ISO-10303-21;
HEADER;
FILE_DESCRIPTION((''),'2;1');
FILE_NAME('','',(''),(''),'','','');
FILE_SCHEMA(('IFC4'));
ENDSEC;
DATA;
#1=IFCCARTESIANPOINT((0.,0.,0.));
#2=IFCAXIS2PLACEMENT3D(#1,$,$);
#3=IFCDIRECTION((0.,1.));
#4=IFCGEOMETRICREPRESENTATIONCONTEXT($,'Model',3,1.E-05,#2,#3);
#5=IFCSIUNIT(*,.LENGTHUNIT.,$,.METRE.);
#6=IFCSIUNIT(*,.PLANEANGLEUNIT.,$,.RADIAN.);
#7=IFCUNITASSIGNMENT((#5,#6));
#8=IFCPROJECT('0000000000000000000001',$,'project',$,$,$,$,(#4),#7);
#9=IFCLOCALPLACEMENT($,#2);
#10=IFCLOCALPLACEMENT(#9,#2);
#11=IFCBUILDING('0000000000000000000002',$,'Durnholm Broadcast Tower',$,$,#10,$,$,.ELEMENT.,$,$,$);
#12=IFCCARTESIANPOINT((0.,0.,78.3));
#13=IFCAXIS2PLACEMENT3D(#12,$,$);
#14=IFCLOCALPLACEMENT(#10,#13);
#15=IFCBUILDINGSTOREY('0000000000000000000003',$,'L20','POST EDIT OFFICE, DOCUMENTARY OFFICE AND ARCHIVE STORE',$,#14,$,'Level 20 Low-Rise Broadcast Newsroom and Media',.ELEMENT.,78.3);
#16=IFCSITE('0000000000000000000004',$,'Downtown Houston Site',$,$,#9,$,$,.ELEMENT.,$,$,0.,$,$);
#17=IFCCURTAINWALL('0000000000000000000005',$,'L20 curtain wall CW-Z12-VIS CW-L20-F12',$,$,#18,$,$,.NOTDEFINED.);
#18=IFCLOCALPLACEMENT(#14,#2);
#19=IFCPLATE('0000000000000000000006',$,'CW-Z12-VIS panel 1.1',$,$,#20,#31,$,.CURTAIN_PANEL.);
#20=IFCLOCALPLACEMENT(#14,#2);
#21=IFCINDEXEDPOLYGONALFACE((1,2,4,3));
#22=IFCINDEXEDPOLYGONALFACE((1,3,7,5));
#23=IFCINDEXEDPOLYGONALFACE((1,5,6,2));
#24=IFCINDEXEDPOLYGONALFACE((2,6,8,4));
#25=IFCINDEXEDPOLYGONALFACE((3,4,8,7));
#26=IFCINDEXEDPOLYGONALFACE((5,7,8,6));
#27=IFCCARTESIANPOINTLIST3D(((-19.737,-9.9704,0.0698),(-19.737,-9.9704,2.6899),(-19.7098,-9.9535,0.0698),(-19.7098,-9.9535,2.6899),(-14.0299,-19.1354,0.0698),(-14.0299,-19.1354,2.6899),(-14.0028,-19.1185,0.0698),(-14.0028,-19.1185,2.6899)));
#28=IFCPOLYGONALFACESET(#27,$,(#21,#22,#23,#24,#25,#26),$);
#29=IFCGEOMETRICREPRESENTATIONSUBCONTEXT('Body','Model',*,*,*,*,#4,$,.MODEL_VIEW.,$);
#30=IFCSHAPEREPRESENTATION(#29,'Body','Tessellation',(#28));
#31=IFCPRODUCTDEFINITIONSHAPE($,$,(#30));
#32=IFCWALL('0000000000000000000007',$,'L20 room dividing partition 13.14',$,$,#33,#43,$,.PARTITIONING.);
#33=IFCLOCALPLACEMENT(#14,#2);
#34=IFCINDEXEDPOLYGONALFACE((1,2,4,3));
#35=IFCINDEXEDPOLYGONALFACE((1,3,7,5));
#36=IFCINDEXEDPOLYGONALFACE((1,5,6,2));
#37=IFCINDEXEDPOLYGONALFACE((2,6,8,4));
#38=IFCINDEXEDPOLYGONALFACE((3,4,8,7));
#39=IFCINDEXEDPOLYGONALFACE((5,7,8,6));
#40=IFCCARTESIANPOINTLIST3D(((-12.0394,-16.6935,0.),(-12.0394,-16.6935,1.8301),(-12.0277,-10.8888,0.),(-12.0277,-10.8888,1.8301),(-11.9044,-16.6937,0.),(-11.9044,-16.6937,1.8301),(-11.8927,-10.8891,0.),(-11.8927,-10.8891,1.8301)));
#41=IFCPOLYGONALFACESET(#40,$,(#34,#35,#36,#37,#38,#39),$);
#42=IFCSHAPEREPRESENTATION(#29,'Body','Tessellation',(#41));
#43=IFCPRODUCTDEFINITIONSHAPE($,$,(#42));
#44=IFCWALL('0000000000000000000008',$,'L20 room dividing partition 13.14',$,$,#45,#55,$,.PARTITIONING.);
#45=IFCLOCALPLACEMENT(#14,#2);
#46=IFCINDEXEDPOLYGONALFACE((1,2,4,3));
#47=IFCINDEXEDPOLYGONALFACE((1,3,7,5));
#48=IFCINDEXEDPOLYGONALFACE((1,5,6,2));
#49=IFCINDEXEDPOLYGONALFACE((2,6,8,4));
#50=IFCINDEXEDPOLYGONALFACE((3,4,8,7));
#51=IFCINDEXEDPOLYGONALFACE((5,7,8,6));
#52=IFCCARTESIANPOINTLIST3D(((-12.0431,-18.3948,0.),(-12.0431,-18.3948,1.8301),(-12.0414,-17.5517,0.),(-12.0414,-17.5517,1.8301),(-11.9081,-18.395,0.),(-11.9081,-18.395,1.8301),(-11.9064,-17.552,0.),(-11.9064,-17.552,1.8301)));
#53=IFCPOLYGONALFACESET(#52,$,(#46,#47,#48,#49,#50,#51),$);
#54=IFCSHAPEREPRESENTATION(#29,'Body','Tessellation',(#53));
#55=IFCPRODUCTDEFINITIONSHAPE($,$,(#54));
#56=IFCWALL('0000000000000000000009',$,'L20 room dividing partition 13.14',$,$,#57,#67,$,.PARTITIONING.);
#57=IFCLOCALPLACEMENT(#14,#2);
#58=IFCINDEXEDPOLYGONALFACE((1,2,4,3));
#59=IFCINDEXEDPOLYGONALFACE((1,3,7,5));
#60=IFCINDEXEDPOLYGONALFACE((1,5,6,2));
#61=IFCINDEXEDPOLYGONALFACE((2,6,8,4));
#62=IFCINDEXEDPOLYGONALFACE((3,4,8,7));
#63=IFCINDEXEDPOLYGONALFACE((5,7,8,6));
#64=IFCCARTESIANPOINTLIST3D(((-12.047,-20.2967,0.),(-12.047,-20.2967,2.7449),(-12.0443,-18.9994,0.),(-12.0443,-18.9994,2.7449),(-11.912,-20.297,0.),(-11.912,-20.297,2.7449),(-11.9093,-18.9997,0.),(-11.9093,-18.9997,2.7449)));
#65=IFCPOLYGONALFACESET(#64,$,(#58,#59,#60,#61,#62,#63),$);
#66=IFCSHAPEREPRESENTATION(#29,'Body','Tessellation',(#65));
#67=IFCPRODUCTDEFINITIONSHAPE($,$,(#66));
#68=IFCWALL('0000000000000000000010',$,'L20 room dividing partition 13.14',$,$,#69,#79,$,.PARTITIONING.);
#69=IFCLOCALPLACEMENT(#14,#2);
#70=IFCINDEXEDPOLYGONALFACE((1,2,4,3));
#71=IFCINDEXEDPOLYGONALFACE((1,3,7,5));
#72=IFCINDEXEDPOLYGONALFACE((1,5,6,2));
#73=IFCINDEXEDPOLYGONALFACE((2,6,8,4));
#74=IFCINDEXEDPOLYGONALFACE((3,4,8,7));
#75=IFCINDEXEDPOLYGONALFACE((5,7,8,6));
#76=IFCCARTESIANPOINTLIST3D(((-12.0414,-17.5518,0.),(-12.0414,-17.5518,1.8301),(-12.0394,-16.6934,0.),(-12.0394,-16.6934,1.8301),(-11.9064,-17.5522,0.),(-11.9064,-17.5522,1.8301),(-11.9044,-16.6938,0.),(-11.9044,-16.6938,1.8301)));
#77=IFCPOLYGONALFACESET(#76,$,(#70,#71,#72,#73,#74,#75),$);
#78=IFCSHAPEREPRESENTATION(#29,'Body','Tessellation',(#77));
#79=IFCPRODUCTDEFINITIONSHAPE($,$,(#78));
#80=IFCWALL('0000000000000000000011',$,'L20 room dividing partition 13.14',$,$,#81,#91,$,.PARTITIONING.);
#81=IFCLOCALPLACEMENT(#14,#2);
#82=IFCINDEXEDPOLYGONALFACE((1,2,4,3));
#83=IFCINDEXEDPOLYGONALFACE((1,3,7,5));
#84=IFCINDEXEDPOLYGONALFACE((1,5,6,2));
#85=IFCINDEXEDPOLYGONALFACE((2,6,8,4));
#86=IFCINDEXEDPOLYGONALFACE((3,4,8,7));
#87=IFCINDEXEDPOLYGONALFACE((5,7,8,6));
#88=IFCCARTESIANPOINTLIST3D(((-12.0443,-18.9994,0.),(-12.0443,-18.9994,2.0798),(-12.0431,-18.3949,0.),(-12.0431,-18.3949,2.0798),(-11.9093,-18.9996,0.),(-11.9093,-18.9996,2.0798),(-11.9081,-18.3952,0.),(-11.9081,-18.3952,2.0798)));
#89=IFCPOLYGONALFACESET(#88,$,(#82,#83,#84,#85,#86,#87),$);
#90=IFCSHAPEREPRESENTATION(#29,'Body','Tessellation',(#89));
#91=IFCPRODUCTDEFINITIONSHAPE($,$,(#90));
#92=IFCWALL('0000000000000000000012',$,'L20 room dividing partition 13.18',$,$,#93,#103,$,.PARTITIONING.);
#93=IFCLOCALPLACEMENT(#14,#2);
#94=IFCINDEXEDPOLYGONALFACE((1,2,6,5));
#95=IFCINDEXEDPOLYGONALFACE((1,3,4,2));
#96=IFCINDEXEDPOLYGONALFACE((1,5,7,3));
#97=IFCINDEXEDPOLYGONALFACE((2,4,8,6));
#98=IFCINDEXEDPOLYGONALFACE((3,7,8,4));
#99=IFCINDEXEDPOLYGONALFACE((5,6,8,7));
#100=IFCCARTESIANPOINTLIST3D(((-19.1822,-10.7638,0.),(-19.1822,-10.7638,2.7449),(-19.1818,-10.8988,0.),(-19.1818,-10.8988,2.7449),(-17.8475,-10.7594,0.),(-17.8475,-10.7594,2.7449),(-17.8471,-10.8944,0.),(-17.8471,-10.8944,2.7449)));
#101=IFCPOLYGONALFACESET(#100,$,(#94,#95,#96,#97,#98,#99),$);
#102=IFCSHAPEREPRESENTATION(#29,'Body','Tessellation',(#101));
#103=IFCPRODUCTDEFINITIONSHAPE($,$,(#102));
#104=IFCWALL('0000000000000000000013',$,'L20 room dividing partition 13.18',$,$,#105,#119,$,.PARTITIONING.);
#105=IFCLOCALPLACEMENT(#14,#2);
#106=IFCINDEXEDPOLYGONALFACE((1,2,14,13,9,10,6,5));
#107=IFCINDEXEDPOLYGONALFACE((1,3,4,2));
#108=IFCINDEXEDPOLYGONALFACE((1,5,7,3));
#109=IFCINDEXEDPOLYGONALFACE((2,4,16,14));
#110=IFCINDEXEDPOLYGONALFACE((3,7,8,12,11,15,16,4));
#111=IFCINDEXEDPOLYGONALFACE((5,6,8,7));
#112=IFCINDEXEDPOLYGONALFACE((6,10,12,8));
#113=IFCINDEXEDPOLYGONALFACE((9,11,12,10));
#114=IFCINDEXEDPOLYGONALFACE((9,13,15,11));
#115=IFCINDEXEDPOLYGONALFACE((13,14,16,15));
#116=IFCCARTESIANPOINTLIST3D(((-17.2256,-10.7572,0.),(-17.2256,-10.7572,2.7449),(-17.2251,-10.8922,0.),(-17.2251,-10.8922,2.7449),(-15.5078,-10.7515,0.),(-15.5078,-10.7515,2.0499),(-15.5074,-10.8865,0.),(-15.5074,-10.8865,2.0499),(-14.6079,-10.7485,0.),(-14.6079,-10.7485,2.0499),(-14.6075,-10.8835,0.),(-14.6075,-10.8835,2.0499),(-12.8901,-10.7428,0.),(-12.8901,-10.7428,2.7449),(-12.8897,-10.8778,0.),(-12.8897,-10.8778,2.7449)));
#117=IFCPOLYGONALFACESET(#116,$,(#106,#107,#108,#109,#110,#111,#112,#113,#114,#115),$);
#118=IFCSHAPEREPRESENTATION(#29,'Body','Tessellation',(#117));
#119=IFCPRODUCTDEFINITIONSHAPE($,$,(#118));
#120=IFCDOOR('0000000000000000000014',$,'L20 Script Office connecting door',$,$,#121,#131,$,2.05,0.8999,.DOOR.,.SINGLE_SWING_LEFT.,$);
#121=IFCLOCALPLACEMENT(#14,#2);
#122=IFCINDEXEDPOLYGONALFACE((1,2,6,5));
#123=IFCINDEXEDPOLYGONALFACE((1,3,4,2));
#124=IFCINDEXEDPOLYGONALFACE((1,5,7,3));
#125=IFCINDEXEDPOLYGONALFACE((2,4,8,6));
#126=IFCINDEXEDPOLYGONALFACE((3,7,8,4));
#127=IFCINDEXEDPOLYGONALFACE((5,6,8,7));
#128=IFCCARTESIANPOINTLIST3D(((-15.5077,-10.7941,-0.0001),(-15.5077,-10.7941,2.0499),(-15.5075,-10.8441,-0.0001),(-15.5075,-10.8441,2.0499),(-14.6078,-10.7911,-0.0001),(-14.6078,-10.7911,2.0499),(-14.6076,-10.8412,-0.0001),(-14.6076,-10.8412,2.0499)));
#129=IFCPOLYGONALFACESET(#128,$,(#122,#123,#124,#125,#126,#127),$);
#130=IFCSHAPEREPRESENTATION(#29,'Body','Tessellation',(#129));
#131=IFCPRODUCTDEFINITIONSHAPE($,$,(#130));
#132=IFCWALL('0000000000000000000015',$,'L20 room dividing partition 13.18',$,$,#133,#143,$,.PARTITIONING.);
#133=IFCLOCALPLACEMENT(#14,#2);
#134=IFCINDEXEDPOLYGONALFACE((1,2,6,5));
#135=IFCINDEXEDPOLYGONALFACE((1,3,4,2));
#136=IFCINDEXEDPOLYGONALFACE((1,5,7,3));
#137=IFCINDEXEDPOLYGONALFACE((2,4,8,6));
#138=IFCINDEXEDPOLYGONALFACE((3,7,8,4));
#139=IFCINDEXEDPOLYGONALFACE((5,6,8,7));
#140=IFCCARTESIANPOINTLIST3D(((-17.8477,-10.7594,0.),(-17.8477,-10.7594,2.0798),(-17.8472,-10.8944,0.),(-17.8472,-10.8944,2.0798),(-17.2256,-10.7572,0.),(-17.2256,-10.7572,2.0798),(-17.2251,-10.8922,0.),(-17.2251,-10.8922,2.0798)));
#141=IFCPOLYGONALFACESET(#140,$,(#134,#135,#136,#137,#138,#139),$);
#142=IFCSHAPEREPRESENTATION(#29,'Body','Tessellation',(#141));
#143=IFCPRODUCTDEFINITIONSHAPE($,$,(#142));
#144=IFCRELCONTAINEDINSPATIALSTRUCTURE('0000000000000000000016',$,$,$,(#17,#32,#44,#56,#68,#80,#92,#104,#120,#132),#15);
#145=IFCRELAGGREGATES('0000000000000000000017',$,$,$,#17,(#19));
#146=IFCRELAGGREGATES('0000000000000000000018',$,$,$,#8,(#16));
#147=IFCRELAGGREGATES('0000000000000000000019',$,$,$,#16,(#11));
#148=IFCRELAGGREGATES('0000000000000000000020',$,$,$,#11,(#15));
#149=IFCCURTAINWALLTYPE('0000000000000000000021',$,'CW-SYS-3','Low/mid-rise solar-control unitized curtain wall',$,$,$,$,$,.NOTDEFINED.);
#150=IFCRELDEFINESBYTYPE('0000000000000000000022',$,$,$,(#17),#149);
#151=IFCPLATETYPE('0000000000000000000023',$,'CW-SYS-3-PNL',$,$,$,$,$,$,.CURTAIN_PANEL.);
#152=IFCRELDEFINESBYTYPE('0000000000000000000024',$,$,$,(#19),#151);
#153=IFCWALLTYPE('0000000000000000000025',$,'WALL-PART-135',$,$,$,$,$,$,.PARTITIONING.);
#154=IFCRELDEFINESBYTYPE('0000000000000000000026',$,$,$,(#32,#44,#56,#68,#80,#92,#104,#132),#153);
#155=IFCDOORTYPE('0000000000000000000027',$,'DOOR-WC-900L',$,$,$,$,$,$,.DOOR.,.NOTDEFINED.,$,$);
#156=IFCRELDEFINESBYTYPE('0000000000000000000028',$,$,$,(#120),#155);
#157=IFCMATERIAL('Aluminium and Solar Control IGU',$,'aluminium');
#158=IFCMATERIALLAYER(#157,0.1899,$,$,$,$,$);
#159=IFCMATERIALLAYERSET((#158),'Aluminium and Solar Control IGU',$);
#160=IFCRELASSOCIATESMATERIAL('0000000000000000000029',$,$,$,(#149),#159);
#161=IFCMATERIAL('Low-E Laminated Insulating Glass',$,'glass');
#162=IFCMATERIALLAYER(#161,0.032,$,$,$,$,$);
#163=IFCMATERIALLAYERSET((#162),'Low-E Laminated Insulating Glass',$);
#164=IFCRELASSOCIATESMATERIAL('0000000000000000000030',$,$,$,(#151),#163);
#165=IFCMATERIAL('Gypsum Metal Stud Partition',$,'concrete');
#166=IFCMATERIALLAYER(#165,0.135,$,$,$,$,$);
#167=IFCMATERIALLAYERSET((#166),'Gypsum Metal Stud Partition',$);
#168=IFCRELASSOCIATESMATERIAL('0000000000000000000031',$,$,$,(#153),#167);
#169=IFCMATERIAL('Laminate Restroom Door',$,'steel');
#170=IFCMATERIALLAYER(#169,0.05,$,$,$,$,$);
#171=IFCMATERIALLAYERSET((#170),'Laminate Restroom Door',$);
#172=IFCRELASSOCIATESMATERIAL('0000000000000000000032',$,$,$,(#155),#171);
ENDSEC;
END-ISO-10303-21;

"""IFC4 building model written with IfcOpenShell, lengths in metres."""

from ifc_helpers import new_model, si_unit, direction, frame, frame_2d, origin, origin_2d, place, context, subcontext, project, spatial, rectangle, extrude, source, transform, mapped, material, layer, layer_set, type_object, type_shapes, element, fill, aggregate, save


model = new_model("IFC4")

# Units and contexts
model_context = context("Model", 3, precision=1e-05, world=origin(), true_north=direction((0.0, 1.0)))
body_context = subcontext(model_context, "Body", "Model", "MODEL_VIEW")
ifc_project = project(units=[si_unit("LENGTHUNIT", "METRE"), si_unit("PLANEANGLEUNIT", "RADIAN")], contexts=[model_context])

# Site, building, storey
site_placement = place(None, origin())
site = spatial("IfcSite", under=ifc_project, at=site_placement, Name="Downtown Houston Site", CompositionType="ELEMENT", RefElevation=0.0)
building_placement = place(site_placement, origin())
building = spatial("IfcBuilding", under=site, at=building_placement, Name="Durnholm Broadcast Tower", CompositionType="ELEMENT")
storey_placement = place(building_placement, frame((0.0, 0.0, 78.3)))
storey = spatial("IfcBuildingStorey", under=building, at=storey_placement, Name="L20", Description="POST EDIT OFFICE, DOCUMENTARY OFFICE AND ARCHIVE STORE", LongName="Level 20 Low-Rise Broadcast Newsroom and Media", CompositionType="ELEMENT", Elevation=78.3)

# Curtain wall
ifc_material_1 = material(Name="Aluminium and Solar Control IGU", Category="aluminium")
ifc_layer_1 = layer(ifc_material_1, 0.1899)
ifc_layer_set_1 = layer_set([ifc_layer_1], Name="Aluminium and Solar Control IGU")
curtain_wall_type_1 = type_object("IfcCurtainWallType", Name="CW-SYS-3", Description="Low/mid-rise solar-control unitized curtain wall", PredefinedType="NOTDEFINED", material=ifc_layer_set_1)
curtain_wall_1_placement = place(storey_placement, origin())
curtain_wall_1 = element("IfcCurtainWall", 1, at=curtain_wall_1_placement, inside=storey, type_object=curtain_wall_type_1, Name="L20 curtain wall CW-Z12-VIS CW-L20-F12", PredefinedType="NOTDEFINED")

# Plate
ifc_material_2 = material(Name="Low-E Laminated Insulating Glass", Category="glass")
ifc_layer_2 = layer(ifc_material_2, 0.032)
ifc_layer_set_2 = layer_set([ifc_layer_2], Name="Low-E Laminated Insulating Glass")
plate_type_1 = type_object("IfcPlateType", Name="CW-SYS-3-PNL", PredefinedType="CURTAIN_PANEL", material=ifc_layer_set_2)
shared_shape_1 = source(origin(), body_context, "Body", "SweptSolid", [
    extrude(rectangle(XDim=10.7966, YDim=0.032, at=origin_2d()), origin(), (0.0, 0.0, 1.0), 2.6201),
])
type_shapes(plate_type_1, [shared_shape_1])
plate_1_placement = place(storey_placement, frame((-16.8699, -14.5444, 0.0698), z_axis=(0.0, 0.0, 1.0), x_axis=(-0.528592, 0.848876, 0.0)))
plate_1 = element("IfcPlate", 2, at=plate_1_placement, type_object=plate_type_1, Name="CW-Z12-VIS panel 1.1", PredefinedType="CURTAIN_PANEL", context=body_context, shape_type="MappedRepresentation", body=[
    mapped(shared_shape_1, transform((0.0, 0.0, 0.0), x_axis=(1.0, 0.0, 0.0), y_axis=(0.0, 1.0, 0.0), z_axis=(0.0, 0.0, 1.0), scale=1.0)),
])
aggregate(curtain_wall_1, [plate_1])

# Walls
ifc_material_3 = material(Name="Gypsum Metal Stud Partition", Category="concrete")
ifc_layer_3 = layer(ifc_material_3, 0.135)
ifc_layer_set_3 = layer_set([ifc_layer_3], Name="Gypsum Metal Stud Partition")
wall_type = type_object("IfcWallType", Name="WALL-PART-135", PredefinedType="PARTITIONING", material=ifc_layer_set_3)
wall_1_placement = place(storey_placement, frame((-11.9602, -10.8889, 0.0), z_axis=(0.0, 0.0, 1.0), x_axis=(-0.002019, -0.999998, 0.0)))
element("IfcWall", 3, at=wall_1_placement, inside=storey, type_object=wall_type, Name="L20 room dividing partition 13.14", PredefinedType="PARTITIONING", context=body_context, shape_type="SweptSolid", body=[
    extrude(rectangle(XDim=5.8047, YDim=0.135, at=frame_2d((2.9023, 0.0))), origin(), (0.0, 0.0, 1.0), 1.8301),
])
wall_2_placement = place(storey_placement, frame((-11.9739, -17.552, 0.0), z_axis=(0.0, 0.0, 1.0), x_axis=(-0.002027, -0.999998, 0.0)))
element("IfcWall", 4, at=wall_2_placement, inside=storey, type_object=wall_type, Name="L20 room dividing partition 13.14", PredefinedType="PARTITIONING", context=body_context, shape_type="SweptSolid", body=[
    extrude(rectangle(XDim=0.843, YDim=0.135, at=frame_2d((0.4214, 0.0))), origin(), (0.0, 0.0, 1.0), 1.8301),
])
wall_3_placement = place(storey_placement, frame((-11.9768, -18.9995, 0.0), z_axis=(0.0, 0.0, 1.0), x_axis=(-0.00207, -0.999998, 0.0)))
element("IfcWall", 5, at=wall_3_placement, inside=storey, type_object=wall_type, Name="L20 room dividing partition 13.14", PredefinedType="PARTITIONING", context=body_context, shape_type="SweptSolid", body=[
    extrude(rectangle(XDim=1.2974, YDim=0.135, at=frame_2d((0.6487, 0.0))), origin(), (0.0, 0.0, 1.0), 2.7449),
])
wall_4_placement = place(storey_placement, frame((-11.9719, -16.6936, 0.0), z_axis=(0.0, 0.0, 1.0), x_axis=(-0.002275, -0.999997, 0.0)))
element("IfcWall", 6, at=wall_4_placement, inside=storey, type_object=wall_type, Name="L20 room dividing partition 13.14", PredefinedType="PARTITIONING", context=body_context, shape_type="SweptSolid", body=[
    extrude(rectangle(XDim=0.8584, YDim=0.135, at=frame_2d((0.4292, 0.0))), origin(), (0.0, 0.0, 1.0), 1.8301),
])
wall_5_placement = place(storey_placement, frame((-11.9756, -18.395, 0.0), z_axis=(0.0, 0.0, 1.0), x_axis=(-0.002019, -0.999998, 0.0)))
element("IfcWall", 7, at=wall_5_placement, inside=storey, type_object=wall_type, Name="L20 room dividing partition 13.14", PredefinedType="PARTITIONING", context=body_context, shape_type="SweptSolid", body=[
    extrude(rectangle(XDim=0.6045, YDim=0.135, at=frame_2d((0.3022, 0.0))), origin(), (0.0, 0.0, 1.0), 2.0798),
])
wall_6_placement = place(storey_placement, frame((-19.1821, -10.8313, 0.0), z_axis=(0.0, 0.0, 1.0), x_axis=(0.999995, 0.003292, 0.0)))
element("IfcWall", 8, at=wall_6_placement, inside=storey, type_object=wall_type, Name="L20 room dividing partition 13.18", PredefinedType="PARTITIONING", context=body_context, shape_type="SweptSolid", body=[
    extrude(rectangle(XDim=1.3347, YDim=0.135, at=frame_2d((0.6675, 0.0))), origin(), (0.0, 0.0, 1.0), 2.7449),
])

# Wall, opening, door
wall_7_placement = place(storey_placement, frame((-17.2253, -10.8247, 0.0), z_axis=(0.0, 0.0, 1.0), x_axis=(0.999994, 0.003322, 0.0)))
wall_7 = element("IfcWall", 9, at=wall_7_placement, inside=storey, type_object=wall_type, Name="L20 room dividing partition 13.18", PredefinedType="PARTITIONING", context=body_context, shape_type="SweptSolid", body=[
    extrude(rectangle(XDim=4.3354, YDim=0.135, at=frame_2d((2.1677, 0.0))), origin(), (0.0, 0.0, 1.0), 2.7449),
])
opening_placement = place(wall_7_placement, frame((1.7178, 0.0, 0.0)))
opening = element("IfcOpeningElement", 10, at=opening_placement, cuts=wall_7, PredefinedType="OPENING", context=body_context, shape_type="SweptSolid", body=[
    extrude(rectangle(XDim=0.8999, YDim=2.05, at=frame_2d((0.45, 1.0249))), frame((0.0, 0.0776, 0.0), z_axis=(0.0, -1.0, 0.0), x_axis=(1.0, 0.0, 0.0)), (0.0, 0.0, 1.0), 0.155),
])
ifc_material_4 = material(Name="Laminate Restroom Door", Category="steel")
ifc_layer_4 = layer(ifc_material_4, 0.05)
ifc_layer_set_4 = layer_set([ifc_layer_4], Name="Laminate Restroom Door")
door_type = type_object("IfcDoorType", Name="DOOR-WC-900L", OperationType="NOTDEFINED", PredefinedType="DOOR", material=ifc_layer_set_4)
shared_shape_2 = source(origin(), body_context, "Body", "SweptSolid", [
    extrude(rectangle(XDim=0.8999, YDim=2.05, at=frame_2d((0.45, 1.0249))), frame((0.0, 0.0249, 0.0), z_axis=(0.0, -1.0, 0.0), x_axis=(1.0, 0.0, 0.0)), (0.0, 0.0, 1.0), 0.05),
])
type_shapes(door_type, [shared_shape_2])
door_placement = place(opening_placement, origin())
door = element("IfcDoor", 11, at=door_placement, inside=storey, type_object=door_type, Name="L20 Script Office connecting door", OperationType="SINGLE_SWING_LEFT", OverallHeight=2.05, OverallWidth=0.8999, PredefinedType="DOOR", context=body_context, shape_type="MappedRepresentation", body=[
    mapped(shared_shape_2, transform((0.0, 0.0, 0.0), x_axis=(1.0, 0.0, 0.0), y_axis=(0.0, 1.0, 0.0), z_axis=(0.0, 0.0, 1.0), scale=1.0)),
])
fill(opening, door)

# Wall
wall_8_placement = place(storey_placement, frame((-17.8474, -10.8269, 0.0), z_axis=(0.0, 0.0, 1.0), x_axis=(0.999994, 0.003532, 0.0)))
element("IfcWall", 12, at=wall_8_placement, inside=storey, type_object=wall_type, Name="L20 room dividing partition 13.18", PredefinedType="PARTITIONING", context=body_context, shape_type="SweptSolid", body=[
    extrude(rectangle(XDim=0.6221, YDim=0.135, at=frame_2d((0.311, 0.0))), origin(), (0.0, 0.0, 1.0), 2.0798),
])

save(model, "model.ifc")
